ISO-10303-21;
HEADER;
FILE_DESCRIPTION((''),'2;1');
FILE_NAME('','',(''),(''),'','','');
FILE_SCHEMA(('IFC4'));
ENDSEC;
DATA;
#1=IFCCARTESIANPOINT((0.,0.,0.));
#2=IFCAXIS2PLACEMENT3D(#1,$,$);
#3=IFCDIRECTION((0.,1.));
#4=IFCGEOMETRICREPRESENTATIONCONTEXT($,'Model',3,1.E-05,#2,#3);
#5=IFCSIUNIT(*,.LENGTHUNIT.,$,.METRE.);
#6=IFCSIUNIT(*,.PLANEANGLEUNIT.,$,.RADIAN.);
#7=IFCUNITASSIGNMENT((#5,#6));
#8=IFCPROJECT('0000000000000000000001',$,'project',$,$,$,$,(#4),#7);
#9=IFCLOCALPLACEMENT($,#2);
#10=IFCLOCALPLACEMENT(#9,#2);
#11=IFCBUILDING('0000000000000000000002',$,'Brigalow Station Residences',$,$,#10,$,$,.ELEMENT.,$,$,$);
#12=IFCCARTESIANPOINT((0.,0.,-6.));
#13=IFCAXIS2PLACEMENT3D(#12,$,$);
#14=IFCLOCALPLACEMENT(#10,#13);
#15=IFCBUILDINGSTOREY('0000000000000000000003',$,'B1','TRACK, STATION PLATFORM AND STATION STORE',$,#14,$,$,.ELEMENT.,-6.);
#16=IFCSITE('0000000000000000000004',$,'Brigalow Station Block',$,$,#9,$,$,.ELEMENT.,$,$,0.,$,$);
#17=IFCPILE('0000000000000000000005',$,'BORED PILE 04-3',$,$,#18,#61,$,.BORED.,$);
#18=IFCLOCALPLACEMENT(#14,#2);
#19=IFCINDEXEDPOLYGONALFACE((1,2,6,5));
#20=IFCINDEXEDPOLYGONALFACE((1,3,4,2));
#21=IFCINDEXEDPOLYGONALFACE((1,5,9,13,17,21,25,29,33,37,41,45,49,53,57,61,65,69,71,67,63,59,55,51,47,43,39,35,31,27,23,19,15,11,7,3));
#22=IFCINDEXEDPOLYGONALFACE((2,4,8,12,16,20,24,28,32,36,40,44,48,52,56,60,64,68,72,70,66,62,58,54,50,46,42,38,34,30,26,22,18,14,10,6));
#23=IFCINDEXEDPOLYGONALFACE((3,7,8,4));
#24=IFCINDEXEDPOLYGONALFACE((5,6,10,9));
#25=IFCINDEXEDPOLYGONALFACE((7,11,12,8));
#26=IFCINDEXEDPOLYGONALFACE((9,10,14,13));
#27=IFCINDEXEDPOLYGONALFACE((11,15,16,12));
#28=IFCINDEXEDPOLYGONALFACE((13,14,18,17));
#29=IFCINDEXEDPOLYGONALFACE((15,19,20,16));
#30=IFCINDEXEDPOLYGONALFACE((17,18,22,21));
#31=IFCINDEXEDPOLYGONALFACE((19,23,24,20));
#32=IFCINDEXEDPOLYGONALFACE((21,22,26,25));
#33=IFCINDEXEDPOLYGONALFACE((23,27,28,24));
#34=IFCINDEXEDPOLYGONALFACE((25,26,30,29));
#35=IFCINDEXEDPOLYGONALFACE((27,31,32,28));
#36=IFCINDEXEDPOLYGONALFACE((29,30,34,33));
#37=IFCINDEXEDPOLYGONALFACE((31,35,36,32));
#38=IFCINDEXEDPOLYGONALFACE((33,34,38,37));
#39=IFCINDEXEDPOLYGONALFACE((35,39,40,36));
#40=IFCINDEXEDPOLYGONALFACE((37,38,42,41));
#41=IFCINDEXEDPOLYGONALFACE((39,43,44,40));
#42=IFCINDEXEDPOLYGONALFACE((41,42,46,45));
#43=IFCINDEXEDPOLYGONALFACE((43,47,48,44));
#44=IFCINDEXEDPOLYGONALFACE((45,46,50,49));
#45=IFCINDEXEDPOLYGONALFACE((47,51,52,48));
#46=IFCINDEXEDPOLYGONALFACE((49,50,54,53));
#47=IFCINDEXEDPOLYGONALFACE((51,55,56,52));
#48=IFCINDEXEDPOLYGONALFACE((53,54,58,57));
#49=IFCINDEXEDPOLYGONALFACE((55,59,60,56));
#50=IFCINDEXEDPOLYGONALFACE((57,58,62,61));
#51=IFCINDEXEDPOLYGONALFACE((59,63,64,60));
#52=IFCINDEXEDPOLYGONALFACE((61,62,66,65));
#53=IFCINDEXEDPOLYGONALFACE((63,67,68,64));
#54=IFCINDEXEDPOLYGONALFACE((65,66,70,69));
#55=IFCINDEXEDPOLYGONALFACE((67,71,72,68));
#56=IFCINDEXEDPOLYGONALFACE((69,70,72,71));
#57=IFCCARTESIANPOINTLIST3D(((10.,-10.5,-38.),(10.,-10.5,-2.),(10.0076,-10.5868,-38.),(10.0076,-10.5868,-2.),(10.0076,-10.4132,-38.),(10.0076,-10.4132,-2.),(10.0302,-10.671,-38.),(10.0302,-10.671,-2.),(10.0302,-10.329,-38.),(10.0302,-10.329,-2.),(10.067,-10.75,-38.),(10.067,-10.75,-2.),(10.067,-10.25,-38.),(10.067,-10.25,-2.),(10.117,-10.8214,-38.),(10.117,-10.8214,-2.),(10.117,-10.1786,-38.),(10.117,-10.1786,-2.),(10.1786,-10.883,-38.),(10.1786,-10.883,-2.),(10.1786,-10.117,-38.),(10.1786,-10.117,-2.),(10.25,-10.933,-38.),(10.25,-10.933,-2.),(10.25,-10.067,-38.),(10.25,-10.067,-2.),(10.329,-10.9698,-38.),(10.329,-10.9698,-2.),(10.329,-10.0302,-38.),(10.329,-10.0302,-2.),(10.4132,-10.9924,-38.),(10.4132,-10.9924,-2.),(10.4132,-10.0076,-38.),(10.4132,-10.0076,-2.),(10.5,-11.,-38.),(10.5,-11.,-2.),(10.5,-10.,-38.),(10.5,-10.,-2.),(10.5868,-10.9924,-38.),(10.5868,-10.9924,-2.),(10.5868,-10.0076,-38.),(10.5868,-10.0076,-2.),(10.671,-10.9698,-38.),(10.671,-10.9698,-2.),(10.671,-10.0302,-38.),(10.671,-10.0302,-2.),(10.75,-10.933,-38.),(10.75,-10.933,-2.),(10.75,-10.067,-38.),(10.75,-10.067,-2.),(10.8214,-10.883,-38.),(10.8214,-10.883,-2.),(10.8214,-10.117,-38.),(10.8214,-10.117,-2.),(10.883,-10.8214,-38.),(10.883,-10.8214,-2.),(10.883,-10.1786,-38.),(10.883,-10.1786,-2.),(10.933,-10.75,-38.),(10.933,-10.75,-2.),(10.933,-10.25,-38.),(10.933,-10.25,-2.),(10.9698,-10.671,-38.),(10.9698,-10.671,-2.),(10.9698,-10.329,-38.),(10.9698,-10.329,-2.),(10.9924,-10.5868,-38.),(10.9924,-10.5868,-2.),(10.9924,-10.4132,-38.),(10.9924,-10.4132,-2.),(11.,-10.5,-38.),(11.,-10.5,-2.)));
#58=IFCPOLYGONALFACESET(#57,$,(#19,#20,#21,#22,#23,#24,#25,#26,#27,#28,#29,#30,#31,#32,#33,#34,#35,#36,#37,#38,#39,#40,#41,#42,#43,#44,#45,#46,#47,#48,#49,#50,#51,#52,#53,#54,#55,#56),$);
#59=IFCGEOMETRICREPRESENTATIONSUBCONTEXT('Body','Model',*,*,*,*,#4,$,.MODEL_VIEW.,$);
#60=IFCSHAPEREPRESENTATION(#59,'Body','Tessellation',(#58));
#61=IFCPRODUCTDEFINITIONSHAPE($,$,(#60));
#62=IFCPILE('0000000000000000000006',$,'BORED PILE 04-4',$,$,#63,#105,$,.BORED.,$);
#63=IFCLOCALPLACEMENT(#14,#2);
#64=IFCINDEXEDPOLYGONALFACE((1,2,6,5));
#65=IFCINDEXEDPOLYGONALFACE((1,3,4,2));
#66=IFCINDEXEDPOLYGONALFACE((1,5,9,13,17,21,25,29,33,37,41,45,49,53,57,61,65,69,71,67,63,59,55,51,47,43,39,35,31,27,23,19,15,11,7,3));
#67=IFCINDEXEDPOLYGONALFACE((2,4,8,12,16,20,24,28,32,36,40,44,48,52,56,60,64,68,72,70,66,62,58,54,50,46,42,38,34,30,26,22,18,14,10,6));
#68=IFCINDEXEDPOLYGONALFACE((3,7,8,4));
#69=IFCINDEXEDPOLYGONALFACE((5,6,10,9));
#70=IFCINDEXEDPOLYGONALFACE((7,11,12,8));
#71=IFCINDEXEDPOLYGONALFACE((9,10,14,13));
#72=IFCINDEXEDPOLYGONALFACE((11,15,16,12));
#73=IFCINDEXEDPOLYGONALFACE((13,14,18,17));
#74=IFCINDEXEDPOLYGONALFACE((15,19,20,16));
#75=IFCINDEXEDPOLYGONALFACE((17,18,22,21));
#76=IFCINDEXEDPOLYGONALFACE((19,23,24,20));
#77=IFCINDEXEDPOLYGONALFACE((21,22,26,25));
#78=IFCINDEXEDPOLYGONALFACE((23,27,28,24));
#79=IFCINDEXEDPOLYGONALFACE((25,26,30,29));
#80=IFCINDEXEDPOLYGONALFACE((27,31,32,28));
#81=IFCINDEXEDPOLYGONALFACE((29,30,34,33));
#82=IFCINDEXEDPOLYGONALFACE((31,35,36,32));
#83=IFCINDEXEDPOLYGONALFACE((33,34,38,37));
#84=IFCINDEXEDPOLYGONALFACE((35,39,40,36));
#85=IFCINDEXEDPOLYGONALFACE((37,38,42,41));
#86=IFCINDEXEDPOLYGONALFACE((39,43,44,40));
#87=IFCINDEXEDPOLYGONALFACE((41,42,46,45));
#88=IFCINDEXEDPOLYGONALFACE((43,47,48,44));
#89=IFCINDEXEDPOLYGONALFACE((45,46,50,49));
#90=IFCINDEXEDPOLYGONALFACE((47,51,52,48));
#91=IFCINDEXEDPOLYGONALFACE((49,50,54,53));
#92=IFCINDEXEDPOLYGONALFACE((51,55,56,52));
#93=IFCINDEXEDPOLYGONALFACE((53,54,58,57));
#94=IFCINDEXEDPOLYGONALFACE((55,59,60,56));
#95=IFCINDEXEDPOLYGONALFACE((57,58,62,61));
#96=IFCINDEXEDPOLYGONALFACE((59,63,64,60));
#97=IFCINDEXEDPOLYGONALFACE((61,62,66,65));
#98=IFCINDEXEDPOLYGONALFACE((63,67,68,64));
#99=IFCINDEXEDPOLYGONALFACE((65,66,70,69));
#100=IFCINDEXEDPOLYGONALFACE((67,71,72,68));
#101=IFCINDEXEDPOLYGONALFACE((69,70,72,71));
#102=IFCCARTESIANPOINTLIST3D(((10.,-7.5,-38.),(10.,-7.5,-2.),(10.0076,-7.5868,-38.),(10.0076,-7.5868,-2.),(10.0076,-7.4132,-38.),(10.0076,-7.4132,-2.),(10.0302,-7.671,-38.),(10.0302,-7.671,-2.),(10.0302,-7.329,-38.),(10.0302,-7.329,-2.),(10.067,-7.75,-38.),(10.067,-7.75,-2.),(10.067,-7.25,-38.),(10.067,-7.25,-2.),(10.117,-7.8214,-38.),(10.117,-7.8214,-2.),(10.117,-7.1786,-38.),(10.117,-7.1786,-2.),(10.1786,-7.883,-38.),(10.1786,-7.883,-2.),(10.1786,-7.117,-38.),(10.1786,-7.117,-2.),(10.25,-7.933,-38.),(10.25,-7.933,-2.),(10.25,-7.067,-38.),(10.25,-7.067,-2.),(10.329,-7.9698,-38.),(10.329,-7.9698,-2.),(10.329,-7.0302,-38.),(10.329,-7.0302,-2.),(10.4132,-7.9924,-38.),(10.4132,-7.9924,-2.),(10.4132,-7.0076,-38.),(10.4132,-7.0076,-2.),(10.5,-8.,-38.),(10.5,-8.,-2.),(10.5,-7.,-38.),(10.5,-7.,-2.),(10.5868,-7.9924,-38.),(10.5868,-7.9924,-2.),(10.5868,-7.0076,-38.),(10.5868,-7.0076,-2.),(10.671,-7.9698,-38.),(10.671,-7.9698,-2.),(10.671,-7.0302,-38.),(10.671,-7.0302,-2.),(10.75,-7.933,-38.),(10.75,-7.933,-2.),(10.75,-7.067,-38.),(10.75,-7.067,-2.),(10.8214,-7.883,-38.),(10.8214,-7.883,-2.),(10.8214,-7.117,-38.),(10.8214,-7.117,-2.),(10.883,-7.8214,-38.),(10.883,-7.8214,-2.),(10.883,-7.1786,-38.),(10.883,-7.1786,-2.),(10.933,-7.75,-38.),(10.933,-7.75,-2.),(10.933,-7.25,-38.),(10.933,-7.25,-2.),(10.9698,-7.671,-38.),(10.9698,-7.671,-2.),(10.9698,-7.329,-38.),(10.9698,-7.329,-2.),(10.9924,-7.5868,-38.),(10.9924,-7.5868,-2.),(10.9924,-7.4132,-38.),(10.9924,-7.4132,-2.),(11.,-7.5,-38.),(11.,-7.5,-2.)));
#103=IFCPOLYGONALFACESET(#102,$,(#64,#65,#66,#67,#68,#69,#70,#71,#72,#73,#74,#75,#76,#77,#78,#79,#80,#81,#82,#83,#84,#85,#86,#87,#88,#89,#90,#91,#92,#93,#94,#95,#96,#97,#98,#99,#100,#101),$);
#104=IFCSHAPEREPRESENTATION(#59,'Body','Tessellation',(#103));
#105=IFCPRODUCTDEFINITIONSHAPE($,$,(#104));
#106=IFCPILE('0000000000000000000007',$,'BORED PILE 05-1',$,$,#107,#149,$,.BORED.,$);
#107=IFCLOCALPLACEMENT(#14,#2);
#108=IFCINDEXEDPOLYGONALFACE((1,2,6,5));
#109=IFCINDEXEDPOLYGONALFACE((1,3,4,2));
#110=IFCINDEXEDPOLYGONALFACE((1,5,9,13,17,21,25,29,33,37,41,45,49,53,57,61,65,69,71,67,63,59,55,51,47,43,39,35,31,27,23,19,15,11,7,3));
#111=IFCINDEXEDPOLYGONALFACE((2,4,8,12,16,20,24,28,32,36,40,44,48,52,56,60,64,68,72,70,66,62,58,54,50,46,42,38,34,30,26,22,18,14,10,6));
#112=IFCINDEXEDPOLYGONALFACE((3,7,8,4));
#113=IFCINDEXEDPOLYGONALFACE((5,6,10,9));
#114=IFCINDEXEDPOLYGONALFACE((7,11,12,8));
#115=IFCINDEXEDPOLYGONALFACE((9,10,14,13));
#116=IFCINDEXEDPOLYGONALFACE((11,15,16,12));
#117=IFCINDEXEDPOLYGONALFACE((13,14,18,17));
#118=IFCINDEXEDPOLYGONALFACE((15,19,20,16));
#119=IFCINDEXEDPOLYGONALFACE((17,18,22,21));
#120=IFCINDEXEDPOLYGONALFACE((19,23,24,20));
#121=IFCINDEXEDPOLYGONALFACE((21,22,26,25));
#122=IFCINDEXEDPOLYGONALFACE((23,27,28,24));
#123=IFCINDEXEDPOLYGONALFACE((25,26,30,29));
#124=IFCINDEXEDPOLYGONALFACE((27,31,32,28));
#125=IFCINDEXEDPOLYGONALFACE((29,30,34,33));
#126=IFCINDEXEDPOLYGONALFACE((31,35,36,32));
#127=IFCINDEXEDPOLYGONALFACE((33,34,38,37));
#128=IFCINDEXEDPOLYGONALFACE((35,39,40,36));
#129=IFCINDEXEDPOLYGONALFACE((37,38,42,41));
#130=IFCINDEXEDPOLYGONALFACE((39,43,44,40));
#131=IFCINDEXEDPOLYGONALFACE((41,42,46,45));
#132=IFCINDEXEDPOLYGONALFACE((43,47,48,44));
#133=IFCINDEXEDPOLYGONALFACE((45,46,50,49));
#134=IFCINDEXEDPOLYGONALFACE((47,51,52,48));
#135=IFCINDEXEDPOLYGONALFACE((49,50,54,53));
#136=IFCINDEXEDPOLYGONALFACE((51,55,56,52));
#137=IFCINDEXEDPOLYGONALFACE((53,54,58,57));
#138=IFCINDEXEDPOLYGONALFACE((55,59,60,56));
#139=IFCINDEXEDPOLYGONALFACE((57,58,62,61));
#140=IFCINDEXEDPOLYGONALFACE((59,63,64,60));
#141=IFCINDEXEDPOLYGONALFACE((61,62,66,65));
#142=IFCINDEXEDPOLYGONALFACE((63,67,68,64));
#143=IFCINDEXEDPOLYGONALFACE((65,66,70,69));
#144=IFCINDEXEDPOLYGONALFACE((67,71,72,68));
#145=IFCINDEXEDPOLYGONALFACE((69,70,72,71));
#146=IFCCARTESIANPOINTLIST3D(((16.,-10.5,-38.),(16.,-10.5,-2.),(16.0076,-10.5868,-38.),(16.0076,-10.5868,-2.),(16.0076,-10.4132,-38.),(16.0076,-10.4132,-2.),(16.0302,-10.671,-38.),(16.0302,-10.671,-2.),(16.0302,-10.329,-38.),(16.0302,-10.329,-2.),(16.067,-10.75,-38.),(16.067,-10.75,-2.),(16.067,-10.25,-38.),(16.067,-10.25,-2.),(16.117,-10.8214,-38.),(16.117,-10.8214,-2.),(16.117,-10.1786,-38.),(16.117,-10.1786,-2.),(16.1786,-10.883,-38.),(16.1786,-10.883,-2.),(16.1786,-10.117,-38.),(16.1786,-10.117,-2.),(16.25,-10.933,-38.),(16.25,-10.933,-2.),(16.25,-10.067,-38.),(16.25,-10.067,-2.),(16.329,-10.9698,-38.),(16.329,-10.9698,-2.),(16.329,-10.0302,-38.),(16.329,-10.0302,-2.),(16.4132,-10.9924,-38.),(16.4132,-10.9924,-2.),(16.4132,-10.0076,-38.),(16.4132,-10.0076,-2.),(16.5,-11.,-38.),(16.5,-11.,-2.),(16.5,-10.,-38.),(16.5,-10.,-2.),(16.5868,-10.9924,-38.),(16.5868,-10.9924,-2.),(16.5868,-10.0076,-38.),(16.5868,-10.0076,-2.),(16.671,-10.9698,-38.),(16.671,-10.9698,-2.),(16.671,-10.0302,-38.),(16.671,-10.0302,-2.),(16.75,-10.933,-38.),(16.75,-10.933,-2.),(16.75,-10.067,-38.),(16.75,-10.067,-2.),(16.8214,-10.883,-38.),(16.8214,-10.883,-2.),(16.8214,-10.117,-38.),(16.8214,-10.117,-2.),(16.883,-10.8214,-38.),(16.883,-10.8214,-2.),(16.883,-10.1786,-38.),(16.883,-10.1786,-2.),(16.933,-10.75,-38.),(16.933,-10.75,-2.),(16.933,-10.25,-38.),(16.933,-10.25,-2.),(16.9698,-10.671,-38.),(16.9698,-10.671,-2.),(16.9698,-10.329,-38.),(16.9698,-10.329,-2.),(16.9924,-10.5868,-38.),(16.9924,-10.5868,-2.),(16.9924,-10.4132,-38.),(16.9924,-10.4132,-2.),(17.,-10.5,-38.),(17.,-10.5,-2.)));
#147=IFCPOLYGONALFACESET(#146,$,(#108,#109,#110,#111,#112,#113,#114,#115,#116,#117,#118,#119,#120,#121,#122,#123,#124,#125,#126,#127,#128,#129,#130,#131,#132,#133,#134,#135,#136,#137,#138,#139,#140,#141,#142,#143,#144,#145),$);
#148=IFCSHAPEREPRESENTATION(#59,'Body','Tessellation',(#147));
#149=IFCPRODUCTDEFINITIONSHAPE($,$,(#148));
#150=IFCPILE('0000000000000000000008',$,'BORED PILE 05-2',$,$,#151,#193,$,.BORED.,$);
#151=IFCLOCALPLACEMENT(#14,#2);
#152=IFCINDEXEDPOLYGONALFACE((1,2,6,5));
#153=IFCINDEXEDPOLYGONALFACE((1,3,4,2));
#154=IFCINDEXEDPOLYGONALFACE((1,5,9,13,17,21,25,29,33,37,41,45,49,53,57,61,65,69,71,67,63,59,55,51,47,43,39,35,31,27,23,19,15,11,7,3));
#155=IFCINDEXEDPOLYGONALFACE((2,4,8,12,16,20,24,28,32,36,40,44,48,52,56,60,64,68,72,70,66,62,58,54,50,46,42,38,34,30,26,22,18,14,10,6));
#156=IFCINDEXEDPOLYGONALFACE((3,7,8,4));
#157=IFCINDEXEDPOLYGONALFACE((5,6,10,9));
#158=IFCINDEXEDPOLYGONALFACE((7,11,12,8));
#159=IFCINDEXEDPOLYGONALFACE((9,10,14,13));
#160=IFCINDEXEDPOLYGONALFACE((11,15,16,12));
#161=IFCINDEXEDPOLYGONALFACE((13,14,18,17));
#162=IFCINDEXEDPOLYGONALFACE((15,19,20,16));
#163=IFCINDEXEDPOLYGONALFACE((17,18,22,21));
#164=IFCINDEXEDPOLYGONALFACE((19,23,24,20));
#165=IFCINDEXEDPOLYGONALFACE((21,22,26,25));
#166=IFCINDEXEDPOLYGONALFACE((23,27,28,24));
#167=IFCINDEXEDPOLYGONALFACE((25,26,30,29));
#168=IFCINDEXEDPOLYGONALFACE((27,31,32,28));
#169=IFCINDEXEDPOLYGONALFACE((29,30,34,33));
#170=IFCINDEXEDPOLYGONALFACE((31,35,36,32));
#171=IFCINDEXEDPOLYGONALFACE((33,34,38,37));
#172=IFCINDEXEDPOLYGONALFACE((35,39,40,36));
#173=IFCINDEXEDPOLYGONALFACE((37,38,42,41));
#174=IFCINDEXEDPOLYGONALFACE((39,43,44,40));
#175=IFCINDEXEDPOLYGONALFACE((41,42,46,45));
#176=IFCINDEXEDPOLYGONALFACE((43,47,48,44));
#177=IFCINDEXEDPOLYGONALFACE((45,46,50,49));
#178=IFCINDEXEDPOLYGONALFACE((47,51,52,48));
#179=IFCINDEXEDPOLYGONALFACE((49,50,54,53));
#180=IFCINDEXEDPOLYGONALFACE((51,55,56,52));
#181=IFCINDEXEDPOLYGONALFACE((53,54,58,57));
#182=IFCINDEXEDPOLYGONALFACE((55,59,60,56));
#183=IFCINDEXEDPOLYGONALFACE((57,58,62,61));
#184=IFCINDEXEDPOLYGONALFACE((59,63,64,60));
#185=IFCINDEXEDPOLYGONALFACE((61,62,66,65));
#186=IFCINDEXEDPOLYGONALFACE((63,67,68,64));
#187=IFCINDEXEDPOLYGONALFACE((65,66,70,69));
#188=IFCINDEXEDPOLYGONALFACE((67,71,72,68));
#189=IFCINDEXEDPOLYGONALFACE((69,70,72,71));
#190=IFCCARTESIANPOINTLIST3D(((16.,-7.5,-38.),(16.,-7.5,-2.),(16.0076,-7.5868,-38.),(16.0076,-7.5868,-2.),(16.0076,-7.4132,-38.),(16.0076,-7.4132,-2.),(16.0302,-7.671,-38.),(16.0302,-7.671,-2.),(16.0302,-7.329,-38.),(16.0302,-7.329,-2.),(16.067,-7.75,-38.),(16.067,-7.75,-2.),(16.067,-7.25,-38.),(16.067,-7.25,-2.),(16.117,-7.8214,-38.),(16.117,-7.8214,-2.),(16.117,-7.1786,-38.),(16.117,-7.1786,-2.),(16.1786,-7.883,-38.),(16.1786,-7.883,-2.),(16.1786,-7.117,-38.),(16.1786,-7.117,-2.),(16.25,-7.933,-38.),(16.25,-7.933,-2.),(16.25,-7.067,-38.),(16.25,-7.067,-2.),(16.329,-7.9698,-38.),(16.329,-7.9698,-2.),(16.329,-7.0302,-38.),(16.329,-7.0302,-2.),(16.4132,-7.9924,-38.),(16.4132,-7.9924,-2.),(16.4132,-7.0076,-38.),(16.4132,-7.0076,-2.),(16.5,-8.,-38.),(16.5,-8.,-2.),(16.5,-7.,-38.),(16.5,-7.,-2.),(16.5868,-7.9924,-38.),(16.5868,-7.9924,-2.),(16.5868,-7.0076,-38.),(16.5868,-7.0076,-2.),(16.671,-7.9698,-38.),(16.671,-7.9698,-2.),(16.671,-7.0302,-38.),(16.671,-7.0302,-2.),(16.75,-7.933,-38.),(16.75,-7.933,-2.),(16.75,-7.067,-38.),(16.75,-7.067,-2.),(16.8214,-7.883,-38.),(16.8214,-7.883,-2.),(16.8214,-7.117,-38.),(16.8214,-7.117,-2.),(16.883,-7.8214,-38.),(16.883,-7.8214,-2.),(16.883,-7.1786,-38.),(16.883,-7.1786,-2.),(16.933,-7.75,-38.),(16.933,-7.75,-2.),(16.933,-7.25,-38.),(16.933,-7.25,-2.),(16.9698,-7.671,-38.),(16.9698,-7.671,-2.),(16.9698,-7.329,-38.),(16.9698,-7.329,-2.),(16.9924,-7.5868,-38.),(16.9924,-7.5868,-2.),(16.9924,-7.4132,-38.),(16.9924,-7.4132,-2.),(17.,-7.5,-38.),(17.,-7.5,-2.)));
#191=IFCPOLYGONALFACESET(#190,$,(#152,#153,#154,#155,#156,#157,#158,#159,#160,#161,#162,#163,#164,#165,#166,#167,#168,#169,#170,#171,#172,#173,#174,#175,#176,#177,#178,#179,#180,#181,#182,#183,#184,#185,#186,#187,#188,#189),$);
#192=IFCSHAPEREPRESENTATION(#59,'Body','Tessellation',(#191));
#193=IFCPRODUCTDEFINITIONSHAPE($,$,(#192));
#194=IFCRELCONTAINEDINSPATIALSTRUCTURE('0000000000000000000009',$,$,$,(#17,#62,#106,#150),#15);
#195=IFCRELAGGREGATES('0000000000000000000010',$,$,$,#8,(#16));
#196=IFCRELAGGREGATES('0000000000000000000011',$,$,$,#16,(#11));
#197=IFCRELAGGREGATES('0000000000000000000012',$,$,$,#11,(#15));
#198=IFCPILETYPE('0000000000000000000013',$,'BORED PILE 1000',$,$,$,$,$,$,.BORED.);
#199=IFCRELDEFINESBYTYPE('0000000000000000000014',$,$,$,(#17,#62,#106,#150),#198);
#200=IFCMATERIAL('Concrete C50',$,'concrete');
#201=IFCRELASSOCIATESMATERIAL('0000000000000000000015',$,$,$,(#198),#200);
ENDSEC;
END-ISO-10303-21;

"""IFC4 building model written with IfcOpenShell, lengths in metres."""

from ifc_helpers import new_model, si_unit, direction, frame, origin, origin_2d, place, context, subcontext, project, spatial, circle, extrude, material, material_profile, profile_set, type_object, element, save


model = new_model("IFC4")

# Units and contexts
model_context = context("Model", 3, precision=1e-05, world=origin(), true_north=direction((0.0, 1.0)))
body_context = subcontext(model_context, "Body", "Model", "MODEL_VIEW")
ifc_project = project(units=[si_unit("LENGTHUNIT", "METRE"), si_unit("PLANEANGLEUNIT", "RADIAN")], contexts=[model_context])

# Site, building, storey
site_placement = place(None, origin())
site = spatial("IfcSite", under=ifc_project, at=site_placement, Name="Brigalow Station Block", CompositionType="ELEMENT", RefElevation=0.0)
building_placement = place(site_placement, origin())
building = spatial("IfcBuilding", under=site, at=building_placement, Name="Brigalow Station Residences", CompositionType="ELEMENT")
storey_placement = place(building_placement, frame((0.0, 0.0, -6.0)))
storey = spatial("IfcBuildingStorey", under=building, at=storey_placement, Name="B1", Description="TRACK, STATION PLATFORM AND STATION STORE", CompositionType="ELEMENT", Elevation=-6.0)

# Piles
ifc_material_1 = material(Name="Concrete C50", Category="concrete")
ifc_material_profile_1 = material_profile(ifc_material_1, circle(Radius=0.5, at=origin_2d()), Name="BP1000")
ifc_profile_set_1 = profile_set([ifc_material_profile_1], Name="Concrete C50")
pile_type_1 = type_object("IfcPileType", Name="BORED PILE 1000", PredefinedType="BORED", material=ifc_profile_set_1)
for number, where, z_axis, x_axis, name in (
    (1, (10.5, -10.5, -2.0), (0.0, 0.0, -1.0), (1.0, 0.0, 0.0), "BORED PILE 04-3"),
    (2, (10.5, -7.5, -2.0), (0.0, 0.0, -1.0), (1.0, 0.0, 0.0), "BORED PILE 04-4"),
    (3, (16.5, -10.5, -2.0), (0.0, 0.0, -1.0), (1.0, 0.0, 0.0), "BORED PILE 05-1"),
    (4, (16.5, -7.5, -2.0), (0.0, 0.0, -1.0), (1.0, 0.0, 0.0), "BORED PILE 05-2"),
):
    element("IfcPile", number, at=place(storey_placement, frame(where, z_axis=z_axis, x_axis=x_axis)), inside=storey, type_object=pile_type_1, Name=name, PredefinedType="BORED", context=body_context, shape_type="SweptSolid", body=[
        extrude(circle(Radius=0.5, at=origin_2d()), origin(), (0.0, 0.0, 1.0), 36.0),
    ])

save(model, "model.ifc")
